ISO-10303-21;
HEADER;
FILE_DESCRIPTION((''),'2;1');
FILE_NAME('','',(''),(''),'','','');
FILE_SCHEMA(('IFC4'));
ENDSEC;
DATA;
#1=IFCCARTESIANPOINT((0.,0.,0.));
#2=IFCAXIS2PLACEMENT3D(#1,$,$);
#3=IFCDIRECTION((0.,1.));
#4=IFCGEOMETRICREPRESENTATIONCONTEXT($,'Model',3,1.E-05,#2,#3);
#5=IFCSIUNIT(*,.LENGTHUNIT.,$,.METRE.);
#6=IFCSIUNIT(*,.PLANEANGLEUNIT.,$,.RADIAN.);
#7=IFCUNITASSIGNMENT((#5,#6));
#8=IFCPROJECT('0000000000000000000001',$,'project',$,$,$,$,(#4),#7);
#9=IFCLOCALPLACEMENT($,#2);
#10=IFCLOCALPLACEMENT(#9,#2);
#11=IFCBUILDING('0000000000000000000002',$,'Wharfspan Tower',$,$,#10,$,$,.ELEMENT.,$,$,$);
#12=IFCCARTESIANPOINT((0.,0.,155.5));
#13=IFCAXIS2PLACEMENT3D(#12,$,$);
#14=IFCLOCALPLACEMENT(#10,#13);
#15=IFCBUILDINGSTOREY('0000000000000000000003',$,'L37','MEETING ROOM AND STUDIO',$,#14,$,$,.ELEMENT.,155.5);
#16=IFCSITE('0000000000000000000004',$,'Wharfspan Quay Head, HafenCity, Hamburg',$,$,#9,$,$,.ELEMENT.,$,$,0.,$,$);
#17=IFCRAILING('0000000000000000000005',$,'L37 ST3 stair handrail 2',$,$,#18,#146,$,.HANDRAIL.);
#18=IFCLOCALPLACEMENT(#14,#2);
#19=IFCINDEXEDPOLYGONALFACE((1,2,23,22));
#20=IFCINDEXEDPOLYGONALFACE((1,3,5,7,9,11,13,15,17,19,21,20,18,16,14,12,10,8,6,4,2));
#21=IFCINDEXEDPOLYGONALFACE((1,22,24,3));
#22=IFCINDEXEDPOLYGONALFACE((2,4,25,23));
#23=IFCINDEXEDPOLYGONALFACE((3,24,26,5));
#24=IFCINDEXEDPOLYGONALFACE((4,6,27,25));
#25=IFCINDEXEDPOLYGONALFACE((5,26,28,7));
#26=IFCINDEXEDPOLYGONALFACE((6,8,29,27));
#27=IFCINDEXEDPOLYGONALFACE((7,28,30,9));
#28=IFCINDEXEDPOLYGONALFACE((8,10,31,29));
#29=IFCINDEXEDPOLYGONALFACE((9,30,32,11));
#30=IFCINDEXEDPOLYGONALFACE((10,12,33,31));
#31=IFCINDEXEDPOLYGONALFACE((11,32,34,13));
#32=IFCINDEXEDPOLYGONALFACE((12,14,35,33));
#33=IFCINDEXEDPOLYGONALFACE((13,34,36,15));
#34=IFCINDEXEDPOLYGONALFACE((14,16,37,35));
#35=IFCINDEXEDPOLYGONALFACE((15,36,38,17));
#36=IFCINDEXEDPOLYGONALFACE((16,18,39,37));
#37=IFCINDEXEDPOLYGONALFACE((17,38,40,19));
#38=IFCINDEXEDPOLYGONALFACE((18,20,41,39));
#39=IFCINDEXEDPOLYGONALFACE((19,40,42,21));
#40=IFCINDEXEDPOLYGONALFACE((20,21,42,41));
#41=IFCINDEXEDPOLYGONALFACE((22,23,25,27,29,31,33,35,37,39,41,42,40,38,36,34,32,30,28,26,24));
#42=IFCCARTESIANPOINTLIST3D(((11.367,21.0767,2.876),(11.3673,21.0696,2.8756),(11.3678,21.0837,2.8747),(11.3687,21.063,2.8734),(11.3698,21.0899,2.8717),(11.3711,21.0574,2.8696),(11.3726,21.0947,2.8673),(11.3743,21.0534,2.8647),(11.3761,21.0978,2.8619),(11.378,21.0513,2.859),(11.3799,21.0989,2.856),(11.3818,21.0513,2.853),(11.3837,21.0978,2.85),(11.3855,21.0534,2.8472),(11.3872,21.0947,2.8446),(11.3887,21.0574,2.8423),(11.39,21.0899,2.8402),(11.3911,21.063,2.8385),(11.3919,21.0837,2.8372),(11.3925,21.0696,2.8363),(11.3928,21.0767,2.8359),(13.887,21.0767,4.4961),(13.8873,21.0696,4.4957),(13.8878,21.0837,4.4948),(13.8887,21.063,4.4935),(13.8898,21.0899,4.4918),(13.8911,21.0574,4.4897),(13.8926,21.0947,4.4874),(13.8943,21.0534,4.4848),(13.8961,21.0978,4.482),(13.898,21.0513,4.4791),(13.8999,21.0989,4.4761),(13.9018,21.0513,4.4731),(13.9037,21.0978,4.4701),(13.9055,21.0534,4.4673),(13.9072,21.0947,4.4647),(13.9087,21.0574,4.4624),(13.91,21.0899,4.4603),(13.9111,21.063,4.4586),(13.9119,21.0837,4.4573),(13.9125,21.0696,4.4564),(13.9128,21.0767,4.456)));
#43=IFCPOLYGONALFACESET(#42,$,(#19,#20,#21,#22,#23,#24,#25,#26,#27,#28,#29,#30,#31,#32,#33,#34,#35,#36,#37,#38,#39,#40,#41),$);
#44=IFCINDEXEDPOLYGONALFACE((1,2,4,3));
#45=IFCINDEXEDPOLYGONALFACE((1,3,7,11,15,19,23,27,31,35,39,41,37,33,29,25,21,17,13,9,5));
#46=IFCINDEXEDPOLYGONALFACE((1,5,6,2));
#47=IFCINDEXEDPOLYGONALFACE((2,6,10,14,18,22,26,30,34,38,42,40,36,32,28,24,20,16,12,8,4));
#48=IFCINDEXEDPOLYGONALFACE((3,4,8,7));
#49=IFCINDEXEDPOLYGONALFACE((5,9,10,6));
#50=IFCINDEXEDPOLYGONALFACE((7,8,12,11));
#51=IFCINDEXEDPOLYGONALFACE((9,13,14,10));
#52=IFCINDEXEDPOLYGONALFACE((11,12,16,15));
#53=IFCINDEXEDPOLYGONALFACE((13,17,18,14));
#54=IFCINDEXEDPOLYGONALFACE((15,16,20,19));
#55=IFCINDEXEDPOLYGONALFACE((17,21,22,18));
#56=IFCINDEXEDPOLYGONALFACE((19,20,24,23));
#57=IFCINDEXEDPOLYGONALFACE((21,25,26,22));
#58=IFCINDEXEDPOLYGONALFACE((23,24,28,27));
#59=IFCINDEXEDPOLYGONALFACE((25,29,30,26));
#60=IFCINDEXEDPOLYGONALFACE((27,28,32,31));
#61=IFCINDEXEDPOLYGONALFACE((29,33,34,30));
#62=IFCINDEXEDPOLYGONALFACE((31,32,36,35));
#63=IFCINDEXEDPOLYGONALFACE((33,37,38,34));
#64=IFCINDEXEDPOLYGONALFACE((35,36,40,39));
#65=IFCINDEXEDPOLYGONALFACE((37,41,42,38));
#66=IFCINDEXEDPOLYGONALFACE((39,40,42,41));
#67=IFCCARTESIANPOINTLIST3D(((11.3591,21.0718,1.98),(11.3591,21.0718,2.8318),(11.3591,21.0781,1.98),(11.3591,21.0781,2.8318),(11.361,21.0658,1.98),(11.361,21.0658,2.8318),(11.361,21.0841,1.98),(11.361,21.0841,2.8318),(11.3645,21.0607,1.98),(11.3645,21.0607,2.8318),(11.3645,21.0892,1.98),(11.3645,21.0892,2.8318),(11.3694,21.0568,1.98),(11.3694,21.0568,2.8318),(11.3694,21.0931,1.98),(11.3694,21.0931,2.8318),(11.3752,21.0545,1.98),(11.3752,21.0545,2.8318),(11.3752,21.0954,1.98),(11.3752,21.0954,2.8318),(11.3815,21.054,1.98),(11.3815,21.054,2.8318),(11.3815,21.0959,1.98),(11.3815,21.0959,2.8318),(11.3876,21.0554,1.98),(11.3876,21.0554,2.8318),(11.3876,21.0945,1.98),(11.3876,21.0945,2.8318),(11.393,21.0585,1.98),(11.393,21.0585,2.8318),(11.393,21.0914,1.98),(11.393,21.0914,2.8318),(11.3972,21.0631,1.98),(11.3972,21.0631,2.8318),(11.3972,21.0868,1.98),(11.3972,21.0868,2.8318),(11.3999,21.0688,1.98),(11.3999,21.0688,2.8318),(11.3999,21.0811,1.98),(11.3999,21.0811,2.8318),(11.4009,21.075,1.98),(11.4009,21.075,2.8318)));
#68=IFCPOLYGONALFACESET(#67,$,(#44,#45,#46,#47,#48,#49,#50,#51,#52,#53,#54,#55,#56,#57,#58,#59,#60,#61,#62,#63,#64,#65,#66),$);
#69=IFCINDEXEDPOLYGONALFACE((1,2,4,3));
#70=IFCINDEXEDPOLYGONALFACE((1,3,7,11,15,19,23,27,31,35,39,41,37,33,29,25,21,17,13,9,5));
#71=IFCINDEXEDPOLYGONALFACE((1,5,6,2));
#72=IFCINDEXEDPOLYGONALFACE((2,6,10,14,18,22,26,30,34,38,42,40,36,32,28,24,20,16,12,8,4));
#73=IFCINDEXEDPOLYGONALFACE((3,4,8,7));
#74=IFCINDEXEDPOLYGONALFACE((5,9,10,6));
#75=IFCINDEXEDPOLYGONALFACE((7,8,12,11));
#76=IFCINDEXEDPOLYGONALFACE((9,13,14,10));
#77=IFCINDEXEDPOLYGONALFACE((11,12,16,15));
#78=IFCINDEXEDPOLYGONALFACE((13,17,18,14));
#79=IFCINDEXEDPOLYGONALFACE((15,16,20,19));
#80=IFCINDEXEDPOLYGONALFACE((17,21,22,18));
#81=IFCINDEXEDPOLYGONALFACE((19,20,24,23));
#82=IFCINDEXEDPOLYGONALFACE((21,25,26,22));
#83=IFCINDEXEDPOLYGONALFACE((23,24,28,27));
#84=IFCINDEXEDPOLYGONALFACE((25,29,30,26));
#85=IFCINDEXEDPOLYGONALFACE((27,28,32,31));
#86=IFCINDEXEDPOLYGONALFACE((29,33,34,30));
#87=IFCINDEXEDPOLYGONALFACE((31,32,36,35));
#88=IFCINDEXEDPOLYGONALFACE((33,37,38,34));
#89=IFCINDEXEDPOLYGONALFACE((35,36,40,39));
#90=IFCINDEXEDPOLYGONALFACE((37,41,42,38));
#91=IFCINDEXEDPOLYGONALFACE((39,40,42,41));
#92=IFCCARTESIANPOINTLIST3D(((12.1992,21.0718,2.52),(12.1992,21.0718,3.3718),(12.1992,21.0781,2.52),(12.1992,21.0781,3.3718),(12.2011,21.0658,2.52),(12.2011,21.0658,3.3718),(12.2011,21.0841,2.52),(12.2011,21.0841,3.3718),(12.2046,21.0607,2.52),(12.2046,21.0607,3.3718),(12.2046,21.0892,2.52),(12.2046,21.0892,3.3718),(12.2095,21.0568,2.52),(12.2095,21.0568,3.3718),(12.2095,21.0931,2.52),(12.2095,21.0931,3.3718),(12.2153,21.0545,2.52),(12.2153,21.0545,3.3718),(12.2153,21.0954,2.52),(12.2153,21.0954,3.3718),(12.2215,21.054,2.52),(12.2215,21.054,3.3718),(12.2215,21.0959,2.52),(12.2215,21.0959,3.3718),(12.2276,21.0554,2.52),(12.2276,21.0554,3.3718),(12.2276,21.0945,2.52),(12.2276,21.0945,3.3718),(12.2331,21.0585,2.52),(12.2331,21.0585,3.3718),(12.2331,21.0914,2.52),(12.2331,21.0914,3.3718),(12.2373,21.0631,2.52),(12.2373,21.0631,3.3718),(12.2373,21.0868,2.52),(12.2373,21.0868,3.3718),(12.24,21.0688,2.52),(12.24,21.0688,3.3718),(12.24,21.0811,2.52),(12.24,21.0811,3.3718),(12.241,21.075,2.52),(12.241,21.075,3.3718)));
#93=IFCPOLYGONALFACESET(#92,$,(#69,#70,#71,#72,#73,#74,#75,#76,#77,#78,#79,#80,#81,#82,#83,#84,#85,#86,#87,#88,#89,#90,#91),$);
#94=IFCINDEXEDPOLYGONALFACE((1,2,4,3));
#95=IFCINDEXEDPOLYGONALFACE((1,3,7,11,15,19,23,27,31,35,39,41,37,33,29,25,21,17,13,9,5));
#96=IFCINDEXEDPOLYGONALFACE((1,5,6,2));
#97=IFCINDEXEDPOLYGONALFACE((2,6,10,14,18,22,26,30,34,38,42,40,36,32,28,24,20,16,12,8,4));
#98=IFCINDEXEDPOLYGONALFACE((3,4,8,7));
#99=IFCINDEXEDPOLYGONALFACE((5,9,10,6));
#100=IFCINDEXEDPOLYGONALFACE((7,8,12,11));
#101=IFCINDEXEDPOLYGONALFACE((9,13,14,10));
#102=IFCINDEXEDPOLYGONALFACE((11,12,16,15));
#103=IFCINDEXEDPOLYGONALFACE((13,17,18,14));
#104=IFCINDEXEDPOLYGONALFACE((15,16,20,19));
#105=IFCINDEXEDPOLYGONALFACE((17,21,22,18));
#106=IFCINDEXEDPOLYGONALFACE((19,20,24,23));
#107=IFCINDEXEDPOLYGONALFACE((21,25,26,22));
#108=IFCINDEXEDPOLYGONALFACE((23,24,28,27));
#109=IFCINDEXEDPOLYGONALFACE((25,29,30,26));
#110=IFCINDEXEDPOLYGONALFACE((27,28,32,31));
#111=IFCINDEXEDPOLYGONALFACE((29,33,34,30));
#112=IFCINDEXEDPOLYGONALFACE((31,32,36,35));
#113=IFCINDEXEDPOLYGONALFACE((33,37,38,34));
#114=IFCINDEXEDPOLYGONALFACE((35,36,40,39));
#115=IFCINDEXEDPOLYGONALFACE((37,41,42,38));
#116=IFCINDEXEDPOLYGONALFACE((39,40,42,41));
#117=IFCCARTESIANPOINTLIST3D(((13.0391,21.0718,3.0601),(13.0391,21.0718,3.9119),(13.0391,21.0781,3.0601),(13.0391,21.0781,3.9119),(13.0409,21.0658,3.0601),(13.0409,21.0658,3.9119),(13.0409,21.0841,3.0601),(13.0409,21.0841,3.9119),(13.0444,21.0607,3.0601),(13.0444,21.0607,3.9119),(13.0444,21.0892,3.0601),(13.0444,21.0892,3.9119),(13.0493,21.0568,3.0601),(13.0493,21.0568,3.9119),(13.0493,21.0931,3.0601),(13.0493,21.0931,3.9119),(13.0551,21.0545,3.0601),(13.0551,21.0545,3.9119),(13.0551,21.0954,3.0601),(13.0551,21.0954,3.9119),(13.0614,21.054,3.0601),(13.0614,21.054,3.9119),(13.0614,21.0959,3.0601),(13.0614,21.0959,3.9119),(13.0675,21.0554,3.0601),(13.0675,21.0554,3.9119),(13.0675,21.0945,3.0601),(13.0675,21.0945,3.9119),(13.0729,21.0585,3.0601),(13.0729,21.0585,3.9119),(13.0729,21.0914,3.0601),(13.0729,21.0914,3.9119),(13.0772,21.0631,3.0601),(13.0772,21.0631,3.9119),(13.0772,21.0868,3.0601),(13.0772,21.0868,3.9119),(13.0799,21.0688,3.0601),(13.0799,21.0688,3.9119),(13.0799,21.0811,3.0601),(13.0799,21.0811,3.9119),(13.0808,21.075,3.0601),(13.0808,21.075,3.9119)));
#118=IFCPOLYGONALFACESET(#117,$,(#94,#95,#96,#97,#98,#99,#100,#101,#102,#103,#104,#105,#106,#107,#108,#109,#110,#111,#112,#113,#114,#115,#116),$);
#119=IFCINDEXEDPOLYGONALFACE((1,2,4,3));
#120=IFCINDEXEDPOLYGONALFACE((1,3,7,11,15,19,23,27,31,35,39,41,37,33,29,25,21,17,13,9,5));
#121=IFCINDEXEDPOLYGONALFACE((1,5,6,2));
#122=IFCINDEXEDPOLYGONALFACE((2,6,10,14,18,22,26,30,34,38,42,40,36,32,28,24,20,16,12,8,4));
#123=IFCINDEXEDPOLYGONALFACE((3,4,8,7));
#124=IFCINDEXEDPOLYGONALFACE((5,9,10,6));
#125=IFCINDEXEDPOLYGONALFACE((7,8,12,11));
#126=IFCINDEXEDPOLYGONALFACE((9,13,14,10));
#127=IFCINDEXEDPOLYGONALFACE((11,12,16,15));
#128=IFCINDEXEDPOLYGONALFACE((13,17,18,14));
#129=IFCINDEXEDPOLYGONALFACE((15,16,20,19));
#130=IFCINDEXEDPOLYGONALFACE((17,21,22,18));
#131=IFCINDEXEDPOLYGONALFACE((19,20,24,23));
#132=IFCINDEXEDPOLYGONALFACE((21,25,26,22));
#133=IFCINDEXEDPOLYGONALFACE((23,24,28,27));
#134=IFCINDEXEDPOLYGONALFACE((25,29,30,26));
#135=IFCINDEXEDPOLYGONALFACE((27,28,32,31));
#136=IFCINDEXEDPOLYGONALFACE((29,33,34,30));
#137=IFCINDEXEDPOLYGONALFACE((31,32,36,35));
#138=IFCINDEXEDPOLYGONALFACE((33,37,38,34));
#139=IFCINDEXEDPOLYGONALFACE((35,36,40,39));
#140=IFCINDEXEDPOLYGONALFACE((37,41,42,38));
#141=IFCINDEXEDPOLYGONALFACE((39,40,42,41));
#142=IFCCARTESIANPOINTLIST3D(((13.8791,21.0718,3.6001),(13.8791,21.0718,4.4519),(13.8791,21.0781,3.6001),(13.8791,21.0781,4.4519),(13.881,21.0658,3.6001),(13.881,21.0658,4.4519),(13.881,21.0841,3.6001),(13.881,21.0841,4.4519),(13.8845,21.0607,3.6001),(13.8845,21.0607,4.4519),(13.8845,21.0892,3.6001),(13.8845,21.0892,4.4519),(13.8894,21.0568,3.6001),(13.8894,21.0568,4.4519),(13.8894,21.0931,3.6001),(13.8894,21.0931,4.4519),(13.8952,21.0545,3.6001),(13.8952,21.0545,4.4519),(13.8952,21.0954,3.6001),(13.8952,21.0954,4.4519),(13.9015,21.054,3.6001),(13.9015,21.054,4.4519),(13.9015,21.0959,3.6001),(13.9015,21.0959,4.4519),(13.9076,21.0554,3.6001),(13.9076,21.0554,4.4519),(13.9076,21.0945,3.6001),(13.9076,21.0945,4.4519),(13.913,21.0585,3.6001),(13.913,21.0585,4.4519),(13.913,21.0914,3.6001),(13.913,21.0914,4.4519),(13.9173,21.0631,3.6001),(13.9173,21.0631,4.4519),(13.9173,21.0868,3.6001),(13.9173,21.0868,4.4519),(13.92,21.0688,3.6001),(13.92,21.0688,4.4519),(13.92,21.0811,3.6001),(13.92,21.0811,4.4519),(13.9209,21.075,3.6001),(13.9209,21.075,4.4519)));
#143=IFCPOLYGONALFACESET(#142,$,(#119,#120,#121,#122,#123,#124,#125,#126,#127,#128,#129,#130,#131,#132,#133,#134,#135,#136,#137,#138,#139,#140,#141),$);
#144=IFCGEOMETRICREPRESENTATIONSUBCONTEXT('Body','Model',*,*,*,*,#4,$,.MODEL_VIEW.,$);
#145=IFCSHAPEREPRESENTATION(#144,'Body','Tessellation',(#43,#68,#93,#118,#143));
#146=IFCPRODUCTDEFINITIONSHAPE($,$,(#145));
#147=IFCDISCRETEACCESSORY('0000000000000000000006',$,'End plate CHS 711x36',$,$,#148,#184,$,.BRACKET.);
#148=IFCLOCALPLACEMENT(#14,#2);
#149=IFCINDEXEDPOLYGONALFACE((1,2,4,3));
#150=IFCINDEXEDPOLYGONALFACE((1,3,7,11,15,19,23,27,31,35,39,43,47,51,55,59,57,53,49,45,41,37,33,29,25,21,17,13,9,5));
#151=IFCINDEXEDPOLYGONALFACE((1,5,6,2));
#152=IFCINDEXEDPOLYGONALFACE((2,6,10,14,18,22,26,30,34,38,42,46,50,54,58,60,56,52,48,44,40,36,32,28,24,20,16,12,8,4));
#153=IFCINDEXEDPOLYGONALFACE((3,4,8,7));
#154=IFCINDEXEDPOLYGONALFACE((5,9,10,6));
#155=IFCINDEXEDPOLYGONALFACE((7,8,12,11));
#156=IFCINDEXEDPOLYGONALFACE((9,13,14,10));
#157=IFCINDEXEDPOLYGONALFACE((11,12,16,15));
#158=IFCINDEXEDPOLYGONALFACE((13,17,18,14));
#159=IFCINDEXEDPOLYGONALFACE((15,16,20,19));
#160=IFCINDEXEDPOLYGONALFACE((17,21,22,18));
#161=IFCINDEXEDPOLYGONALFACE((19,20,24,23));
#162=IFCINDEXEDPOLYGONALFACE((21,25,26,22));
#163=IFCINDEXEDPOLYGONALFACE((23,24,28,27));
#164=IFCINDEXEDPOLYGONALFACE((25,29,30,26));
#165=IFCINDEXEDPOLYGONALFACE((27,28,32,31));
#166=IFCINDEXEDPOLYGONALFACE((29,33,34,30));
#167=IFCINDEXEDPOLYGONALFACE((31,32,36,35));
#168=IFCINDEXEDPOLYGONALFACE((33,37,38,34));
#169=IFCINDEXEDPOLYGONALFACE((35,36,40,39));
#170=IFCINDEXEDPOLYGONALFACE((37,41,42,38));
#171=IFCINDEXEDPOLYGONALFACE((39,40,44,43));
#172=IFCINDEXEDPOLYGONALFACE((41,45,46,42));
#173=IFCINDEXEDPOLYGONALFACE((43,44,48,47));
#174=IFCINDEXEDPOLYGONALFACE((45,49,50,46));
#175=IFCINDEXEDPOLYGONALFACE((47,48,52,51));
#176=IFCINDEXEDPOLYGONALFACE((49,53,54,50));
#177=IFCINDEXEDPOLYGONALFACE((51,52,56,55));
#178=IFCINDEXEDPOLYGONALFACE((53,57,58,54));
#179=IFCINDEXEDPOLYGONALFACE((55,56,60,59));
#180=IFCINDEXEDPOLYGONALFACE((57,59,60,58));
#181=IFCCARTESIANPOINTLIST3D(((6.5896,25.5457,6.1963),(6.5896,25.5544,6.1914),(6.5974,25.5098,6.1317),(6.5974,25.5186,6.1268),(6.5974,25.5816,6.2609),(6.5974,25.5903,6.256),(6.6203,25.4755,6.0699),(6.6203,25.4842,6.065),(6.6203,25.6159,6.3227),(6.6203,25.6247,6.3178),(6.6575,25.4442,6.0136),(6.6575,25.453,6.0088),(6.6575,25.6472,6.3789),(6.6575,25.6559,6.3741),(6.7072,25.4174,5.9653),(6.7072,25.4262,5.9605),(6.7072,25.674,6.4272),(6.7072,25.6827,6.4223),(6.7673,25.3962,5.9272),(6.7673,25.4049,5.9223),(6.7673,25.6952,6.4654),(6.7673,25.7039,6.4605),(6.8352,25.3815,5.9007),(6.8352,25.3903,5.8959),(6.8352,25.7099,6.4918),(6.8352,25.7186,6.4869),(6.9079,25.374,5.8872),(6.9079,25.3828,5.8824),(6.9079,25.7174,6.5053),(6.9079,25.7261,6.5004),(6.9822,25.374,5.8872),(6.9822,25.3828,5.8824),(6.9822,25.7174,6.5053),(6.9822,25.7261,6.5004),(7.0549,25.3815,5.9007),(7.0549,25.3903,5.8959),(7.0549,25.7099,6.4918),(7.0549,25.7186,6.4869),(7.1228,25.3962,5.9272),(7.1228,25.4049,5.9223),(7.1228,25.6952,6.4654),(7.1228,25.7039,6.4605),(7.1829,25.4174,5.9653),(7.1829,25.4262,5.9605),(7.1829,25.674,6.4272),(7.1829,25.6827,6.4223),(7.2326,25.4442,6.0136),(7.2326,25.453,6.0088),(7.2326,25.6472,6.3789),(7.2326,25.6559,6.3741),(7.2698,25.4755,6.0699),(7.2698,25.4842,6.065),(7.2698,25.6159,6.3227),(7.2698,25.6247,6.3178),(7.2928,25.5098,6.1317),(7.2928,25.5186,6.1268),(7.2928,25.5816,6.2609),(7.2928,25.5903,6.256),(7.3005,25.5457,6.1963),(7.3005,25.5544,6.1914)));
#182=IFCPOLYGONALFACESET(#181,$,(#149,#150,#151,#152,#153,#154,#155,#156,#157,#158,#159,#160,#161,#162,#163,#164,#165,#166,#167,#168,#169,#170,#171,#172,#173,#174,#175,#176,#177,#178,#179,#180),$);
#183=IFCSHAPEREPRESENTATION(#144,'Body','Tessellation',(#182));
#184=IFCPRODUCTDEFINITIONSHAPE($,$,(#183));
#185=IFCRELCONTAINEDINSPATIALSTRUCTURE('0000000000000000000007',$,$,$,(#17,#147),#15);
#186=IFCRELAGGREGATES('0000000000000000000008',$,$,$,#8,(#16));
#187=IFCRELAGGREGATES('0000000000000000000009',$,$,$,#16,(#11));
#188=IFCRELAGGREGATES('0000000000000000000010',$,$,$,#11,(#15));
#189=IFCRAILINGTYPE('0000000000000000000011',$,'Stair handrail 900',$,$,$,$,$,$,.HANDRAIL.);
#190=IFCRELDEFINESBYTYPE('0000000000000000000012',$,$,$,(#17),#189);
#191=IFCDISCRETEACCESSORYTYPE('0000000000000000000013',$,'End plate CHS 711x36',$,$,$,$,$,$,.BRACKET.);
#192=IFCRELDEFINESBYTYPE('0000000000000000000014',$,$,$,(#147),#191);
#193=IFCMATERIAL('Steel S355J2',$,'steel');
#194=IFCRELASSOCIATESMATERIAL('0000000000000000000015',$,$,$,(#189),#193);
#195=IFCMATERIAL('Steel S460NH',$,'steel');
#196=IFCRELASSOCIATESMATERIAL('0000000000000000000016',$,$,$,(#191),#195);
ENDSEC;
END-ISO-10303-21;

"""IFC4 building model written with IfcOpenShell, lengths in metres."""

from ifc_helpers import new_model, si_unit, direction, frame, origin, origin_2d, place, context, subcontext, project, spatial, circle, extrude, material, material_profile, profile_set, type_object, element, save


model = new_model("IFC4")

# Units and contexts
model_context = context("Model", 3, precision=1e-05, world=origin(), true_north=direction((0.0, 1.0)))
body_context = subcontext(model_context, "Body", "Model", "MODEL_VIEW")
ifc_project = project(units=[si_unit("LENGTHUNIT", "METRE"), si_unit("PLANEANGLEUNIT", "RADIAN")], contexts=[model_context])

# Site, building, storey
site_placement = place(None, origin())
site = spatial("IfcSite", under=ifc_project, at=site_placement, Name="Wharfspan Quay Head, HafenCity, Hamburg", CompositionType="ELEMENT", RefElevation=0.0)
building_placement = place(site_placement, origin())
building = spatial("IfcBuilding", under=site, at=building_placement, Name="Wharfspan Tower", CompositionType="ELEMENT")
storey_placement = place(building_placement, frame((0.0, 0.0, 155.5)))
storey = spatial("IfcBuildingStorey", under=building, at=storey_placement, Name="L37", Description="MEETING ROOM AND STUDIO", CompositionType="ELEMENT", Elevation=155.5)

# Shared definitions
ifc_material_1 = material(Name="Steel S355J2", Category="steel")

# Shared definitions
ifc_material_2 = material(Name="Steel S460NH", Category="steel")

# Railing
railing_type = type_object("IfcRailingType", Name="Stair handrail 900", PredefinedType="HANDRAIL", material=ifc_material_1)
railing_placement = place(storey_placement, frame((11.3799, 21.075, 1.98)))
element("IfcRailing", 1, at=railing_placement, inside=storey, type_object=railing_type, Name="L37 ST3 stair handrail 2", PredefinedType="HANDRAIL", context=body_context, shape_type="SweptSolid", body=[
    extrude(circle(Radius=0.0239, at=origin_2d()), frame((0.0, 0.0, 0.876), z_axis=(0.841163, 0.0, 0.540782), x_axis=(0.0, 1.0, 0.0)), (0.0, 0.0, 1.0), 2.9958),
    extrude(circle(Radius=0.021, at=origin_2d()), origin(), (0.0, 0.0, 1.0), 0.8518),
    extrude(circle(Radius=0.021, at=origin_2d()), frame((0.8401, 0.0, 0.54)), (0.0, 0.0, 1.0), 0.8518),
    extrude(circle(Radius=0.021, at=origin_2d()), frame((1.6799, 0.0, 1.0801)), (0.0, 0.0, 1.0), 0.8518),
    extrude(circle(Radius=0.021, at=origin_2d()), frame((2.52, 0.0, 1.6201)), (0.0, 0.0, 1.0), 0.8518),
])

# Discrete accessory
ifc_material_profile_1 = material_profile(ifc_material_2, circle(Radius=0.3555, at=origin_2d()))
ifc_profile_set_1 = profile_set([ifc_material_profile_1], Name="Steel S460NH")
discrete_accessory_type = type_object("IfcDiscreteAccessoryType", Name="End plate CHS 711x36", PredefinedType="BRACKET", material=ifc_profile_set_1)
for number, where, z_axis, x_axis, name in (
    (2, (6.9451, 25.5544, 6.1914), (0.0, -0.874157, 0.485643), (1.0, 0.0, 0.0), "End plate CHS 711x36"),
):
    element("IfcDiscreteAccessory", number, at=place(storey_placement, frame(where, z_axis=z_axis, x_axis=x_axis)), inside=storey, type_object=discrete_accessory_type, Name=name, PredefinedType="BRACKET", context=body_context, shape_type="SweptSolid", body=[
        extrude(circle(Radius=0.3555, at=origin_2d()), origin(), (0.0, 0.0, 1.0), 0.01),
    ])

save(model, "model.ifc")
